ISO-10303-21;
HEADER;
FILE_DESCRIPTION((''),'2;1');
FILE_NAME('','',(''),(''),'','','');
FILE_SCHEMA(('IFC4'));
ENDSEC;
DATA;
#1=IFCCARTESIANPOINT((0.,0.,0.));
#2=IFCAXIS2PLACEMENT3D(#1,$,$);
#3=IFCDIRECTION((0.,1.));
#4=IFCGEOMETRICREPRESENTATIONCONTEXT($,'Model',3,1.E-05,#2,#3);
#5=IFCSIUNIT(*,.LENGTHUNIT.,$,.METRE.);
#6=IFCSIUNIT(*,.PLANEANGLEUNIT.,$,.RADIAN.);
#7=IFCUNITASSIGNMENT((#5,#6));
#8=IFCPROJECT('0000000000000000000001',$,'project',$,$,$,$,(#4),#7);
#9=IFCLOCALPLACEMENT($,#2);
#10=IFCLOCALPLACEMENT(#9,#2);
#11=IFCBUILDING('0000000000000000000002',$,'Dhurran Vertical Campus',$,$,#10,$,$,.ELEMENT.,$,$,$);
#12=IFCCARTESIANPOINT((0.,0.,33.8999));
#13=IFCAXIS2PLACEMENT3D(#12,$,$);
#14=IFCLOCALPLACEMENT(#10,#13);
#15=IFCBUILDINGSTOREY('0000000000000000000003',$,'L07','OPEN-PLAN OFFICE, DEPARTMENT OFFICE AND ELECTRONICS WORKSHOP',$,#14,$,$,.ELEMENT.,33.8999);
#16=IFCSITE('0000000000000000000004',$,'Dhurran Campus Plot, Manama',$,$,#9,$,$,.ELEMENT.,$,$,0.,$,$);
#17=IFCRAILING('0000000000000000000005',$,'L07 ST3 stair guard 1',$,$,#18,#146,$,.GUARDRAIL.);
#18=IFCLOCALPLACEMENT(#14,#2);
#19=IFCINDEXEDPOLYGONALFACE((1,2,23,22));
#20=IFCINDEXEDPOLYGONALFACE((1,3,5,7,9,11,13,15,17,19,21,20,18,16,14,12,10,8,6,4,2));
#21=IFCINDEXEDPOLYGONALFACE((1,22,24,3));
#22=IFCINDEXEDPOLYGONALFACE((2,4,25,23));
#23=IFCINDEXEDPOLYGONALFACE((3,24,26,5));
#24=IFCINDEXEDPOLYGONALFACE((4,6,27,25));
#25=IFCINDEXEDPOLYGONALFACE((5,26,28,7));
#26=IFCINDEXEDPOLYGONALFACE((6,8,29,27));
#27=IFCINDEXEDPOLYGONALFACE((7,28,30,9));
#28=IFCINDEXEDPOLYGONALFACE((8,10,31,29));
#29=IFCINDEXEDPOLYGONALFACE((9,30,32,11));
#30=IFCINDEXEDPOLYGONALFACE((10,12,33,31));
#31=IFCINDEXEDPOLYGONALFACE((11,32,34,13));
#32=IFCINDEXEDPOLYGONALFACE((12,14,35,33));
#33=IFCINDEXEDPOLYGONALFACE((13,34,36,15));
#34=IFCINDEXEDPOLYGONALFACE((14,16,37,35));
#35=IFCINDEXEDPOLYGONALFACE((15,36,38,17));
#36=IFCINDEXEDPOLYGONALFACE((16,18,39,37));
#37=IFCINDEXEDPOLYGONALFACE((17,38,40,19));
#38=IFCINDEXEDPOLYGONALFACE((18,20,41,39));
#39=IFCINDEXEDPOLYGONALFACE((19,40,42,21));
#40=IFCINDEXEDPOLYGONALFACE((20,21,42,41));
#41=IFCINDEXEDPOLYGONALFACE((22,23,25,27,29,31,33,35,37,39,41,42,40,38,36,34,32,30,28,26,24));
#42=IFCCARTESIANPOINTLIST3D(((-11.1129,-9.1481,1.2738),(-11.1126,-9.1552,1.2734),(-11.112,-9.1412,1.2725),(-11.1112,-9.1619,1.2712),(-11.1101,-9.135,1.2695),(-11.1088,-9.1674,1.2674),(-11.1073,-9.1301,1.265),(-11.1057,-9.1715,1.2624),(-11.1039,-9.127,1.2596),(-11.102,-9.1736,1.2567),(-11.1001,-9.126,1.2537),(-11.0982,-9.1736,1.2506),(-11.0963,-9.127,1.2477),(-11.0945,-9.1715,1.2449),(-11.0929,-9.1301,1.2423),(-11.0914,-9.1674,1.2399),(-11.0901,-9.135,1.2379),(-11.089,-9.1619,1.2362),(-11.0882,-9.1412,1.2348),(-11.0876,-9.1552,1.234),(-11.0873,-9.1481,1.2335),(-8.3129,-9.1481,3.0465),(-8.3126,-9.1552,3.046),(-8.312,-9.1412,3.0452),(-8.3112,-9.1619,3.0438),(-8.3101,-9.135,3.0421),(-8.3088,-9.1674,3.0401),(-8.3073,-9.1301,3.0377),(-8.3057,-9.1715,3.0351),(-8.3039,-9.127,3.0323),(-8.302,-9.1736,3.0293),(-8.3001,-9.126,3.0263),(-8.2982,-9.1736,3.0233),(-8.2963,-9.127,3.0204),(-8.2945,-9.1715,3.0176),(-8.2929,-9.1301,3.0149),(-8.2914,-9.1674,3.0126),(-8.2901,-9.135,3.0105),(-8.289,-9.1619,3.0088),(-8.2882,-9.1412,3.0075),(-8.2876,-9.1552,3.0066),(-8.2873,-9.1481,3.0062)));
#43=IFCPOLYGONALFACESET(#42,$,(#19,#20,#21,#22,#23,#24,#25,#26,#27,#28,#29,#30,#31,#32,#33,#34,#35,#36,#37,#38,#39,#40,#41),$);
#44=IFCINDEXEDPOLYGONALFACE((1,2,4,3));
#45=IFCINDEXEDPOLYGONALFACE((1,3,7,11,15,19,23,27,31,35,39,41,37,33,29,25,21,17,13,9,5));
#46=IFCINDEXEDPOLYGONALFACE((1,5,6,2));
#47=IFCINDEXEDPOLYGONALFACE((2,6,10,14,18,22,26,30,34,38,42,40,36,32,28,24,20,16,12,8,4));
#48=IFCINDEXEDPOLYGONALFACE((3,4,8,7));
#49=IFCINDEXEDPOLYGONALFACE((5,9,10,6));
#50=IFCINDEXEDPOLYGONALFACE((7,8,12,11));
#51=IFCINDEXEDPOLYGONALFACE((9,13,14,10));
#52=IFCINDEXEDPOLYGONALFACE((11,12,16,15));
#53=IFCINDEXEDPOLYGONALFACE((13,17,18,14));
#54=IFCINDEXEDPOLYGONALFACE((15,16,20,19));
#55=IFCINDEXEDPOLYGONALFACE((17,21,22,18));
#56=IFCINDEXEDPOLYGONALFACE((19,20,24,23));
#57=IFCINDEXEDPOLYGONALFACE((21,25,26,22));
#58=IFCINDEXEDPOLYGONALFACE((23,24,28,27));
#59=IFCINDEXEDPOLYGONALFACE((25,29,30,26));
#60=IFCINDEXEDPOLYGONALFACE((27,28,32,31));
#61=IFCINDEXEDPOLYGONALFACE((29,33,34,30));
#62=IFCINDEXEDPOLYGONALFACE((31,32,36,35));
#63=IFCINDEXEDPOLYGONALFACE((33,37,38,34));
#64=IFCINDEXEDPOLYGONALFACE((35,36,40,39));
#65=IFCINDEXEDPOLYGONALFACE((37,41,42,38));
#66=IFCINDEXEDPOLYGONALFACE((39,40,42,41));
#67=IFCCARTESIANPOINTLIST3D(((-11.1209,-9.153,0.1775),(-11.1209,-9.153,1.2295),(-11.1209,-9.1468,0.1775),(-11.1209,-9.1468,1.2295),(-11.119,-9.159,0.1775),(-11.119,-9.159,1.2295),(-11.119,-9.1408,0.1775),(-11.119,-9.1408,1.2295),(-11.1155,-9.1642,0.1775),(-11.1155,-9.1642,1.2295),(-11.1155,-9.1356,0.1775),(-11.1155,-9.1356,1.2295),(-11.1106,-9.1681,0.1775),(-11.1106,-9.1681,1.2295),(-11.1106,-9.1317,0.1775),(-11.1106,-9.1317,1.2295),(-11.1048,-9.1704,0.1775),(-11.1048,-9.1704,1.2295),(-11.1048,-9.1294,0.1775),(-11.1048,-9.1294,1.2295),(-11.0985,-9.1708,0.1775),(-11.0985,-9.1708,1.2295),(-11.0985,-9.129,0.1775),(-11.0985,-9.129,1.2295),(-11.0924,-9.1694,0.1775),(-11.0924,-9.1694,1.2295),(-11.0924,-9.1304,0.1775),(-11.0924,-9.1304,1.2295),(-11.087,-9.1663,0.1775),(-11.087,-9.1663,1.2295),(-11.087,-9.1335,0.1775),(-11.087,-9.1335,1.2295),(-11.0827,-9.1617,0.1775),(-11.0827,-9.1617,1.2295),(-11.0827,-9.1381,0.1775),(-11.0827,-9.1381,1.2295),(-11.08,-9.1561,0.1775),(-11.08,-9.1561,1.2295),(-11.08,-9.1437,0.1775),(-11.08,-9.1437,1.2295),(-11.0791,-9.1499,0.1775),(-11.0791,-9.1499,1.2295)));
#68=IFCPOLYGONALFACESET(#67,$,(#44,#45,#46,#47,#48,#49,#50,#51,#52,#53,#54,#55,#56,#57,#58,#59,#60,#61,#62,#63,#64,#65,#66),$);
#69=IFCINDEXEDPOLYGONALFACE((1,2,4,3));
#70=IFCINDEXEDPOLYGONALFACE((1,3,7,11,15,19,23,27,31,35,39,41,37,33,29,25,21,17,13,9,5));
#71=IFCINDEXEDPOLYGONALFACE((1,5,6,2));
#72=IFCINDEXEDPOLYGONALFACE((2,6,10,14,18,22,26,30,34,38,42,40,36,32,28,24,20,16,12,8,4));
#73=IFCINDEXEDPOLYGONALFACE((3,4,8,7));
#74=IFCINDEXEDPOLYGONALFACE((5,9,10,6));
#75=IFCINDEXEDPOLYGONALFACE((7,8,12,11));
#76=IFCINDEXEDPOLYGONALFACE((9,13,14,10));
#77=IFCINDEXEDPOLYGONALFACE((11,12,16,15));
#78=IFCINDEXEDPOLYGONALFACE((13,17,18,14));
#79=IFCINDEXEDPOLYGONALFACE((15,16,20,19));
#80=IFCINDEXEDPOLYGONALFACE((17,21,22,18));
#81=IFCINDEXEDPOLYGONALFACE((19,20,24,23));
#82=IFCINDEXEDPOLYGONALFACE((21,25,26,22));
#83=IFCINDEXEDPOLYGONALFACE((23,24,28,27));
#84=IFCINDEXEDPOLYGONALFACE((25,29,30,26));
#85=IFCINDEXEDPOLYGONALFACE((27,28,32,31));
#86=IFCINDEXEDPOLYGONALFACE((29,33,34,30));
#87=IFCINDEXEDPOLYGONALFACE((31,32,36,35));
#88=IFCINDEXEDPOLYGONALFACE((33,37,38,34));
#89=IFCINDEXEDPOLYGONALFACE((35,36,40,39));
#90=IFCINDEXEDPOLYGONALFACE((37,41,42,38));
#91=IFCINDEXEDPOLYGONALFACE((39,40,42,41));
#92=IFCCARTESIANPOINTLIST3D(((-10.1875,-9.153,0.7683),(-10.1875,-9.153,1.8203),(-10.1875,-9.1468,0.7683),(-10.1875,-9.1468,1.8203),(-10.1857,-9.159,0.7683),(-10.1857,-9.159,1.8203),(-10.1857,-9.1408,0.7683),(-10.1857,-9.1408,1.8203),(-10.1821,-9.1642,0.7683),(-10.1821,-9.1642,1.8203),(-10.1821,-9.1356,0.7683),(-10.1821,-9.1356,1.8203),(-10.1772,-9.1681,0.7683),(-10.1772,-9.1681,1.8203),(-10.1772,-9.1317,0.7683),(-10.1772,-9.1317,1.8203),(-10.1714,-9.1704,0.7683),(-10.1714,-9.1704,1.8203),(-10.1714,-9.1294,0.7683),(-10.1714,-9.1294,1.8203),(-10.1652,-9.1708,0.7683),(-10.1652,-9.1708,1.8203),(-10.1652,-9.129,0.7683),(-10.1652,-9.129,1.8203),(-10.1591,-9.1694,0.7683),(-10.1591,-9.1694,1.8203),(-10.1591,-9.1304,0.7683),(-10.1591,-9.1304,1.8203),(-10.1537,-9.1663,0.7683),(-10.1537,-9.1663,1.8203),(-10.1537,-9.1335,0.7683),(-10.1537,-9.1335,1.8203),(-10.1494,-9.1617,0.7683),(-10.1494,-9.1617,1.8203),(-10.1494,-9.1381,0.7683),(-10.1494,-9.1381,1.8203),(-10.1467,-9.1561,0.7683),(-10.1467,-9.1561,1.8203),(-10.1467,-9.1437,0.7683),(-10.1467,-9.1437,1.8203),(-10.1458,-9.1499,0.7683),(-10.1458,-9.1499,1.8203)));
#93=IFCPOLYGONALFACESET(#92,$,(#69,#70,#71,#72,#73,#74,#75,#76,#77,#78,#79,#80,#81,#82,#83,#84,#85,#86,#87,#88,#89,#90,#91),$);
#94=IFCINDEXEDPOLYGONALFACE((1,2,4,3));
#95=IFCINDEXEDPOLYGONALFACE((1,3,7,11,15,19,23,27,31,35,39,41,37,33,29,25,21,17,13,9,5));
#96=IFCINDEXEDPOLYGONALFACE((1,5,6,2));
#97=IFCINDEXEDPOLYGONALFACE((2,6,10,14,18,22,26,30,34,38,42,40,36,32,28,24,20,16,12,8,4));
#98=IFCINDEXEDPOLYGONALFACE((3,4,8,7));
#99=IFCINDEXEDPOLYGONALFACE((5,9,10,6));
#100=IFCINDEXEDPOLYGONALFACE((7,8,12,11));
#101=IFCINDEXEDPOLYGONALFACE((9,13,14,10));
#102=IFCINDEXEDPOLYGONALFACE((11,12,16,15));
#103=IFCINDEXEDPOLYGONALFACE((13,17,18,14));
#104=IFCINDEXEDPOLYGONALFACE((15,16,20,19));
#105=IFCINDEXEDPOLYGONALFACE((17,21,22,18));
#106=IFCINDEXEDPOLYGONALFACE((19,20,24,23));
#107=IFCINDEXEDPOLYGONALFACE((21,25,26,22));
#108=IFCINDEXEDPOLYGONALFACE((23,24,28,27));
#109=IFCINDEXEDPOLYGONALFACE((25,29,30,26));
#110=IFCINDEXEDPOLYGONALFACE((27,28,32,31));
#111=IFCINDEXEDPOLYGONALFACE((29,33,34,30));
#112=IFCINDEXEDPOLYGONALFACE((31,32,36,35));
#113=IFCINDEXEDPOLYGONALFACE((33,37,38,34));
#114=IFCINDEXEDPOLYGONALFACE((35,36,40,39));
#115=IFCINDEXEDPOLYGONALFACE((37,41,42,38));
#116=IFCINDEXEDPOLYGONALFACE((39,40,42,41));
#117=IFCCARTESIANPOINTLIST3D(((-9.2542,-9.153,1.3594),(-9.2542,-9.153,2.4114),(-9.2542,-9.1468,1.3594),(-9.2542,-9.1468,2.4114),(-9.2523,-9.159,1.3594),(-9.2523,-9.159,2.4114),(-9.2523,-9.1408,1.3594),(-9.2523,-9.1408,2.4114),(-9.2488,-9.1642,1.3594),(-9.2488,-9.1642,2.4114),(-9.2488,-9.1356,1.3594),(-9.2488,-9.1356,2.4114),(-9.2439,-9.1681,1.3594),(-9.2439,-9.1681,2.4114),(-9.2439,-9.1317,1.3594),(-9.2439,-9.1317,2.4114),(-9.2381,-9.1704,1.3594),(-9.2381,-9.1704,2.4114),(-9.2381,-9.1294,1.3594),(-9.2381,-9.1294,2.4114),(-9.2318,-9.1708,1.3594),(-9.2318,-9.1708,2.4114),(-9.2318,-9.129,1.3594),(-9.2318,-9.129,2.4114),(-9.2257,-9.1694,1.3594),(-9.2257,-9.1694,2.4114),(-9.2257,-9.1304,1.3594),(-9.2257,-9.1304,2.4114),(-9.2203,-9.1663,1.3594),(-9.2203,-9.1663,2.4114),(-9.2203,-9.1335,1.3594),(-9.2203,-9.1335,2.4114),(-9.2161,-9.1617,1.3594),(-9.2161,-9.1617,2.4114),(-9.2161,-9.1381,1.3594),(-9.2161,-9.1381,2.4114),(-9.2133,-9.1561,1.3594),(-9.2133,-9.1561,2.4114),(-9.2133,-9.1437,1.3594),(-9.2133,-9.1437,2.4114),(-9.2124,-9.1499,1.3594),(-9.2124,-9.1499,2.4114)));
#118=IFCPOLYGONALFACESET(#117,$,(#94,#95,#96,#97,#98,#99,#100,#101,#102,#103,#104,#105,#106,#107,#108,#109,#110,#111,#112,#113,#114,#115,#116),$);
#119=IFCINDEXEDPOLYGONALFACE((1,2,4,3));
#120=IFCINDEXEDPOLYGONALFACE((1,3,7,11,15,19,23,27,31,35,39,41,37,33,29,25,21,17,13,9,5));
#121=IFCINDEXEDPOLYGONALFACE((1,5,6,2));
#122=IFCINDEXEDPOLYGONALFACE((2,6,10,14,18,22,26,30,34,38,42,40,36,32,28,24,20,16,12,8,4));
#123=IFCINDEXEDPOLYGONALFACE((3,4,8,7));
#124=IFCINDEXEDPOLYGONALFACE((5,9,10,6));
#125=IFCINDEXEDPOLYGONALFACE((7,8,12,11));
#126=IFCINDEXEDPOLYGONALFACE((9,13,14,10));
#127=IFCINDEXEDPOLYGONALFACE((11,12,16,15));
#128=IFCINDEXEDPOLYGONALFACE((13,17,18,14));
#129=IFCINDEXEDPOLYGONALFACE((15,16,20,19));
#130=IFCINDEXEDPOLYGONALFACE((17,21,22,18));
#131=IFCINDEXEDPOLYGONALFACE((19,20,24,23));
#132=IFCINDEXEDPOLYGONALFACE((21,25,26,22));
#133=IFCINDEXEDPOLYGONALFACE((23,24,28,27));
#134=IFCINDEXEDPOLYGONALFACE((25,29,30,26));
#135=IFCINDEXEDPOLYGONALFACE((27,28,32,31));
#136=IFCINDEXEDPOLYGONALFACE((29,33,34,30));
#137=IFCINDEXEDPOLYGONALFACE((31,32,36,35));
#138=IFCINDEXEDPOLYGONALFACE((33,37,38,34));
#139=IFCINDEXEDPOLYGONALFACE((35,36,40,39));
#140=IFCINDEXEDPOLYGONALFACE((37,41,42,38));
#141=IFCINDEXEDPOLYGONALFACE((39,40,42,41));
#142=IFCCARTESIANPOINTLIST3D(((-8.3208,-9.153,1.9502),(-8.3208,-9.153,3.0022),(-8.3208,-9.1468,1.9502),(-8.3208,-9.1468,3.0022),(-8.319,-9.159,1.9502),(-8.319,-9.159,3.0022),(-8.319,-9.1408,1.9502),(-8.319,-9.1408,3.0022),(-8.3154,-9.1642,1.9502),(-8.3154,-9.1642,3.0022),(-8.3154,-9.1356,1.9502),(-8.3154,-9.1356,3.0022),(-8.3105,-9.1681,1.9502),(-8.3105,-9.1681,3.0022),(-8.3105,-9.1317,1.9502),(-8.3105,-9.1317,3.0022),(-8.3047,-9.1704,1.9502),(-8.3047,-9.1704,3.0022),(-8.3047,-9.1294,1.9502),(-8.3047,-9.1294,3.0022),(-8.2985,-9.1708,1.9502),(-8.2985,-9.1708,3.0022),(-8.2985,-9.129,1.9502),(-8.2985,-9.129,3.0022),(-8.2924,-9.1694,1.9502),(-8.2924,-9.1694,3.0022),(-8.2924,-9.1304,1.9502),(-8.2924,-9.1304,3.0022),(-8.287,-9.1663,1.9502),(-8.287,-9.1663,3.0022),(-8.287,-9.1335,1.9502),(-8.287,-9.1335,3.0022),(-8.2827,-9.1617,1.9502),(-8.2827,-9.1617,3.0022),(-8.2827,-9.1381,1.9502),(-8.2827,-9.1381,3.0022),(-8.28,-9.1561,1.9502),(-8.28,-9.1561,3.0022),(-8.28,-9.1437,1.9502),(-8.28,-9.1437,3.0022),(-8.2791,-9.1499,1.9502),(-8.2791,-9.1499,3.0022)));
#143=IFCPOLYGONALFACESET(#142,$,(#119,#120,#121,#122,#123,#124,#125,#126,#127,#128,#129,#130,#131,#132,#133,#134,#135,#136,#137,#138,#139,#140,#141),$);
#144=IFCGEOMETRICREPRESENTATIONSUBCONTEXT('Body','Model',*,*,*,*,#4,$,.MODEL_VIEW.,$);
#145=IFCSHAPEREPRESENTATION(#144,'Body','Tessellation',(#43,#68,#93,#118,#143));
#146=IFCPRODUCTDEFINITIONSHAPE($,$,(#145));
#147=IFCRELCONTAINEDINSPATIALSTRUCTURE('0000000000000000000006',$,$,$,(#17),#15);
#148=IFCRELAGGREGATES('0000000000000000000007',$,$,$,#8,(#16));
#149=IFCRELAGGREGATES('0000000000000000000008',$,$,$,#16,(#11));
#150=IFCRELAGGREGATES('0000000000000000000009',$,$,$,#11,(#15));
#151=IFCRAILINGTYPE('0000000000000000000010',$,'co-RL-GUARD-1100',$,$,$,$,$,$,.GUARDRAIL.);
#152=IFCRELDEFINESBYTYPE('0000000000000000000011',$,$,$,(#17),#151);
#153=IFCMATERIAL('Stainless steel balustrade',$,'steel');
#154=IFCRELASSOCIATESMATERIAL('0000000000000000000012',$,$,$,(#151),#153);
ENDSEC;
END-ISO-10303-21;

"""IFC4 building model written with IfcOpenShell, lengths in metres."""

from ifc_helpers import new_model, si_unit, direction, frame, origin, origin_2d, place, context, subcontext, project, spatial, circle, extrude, material, type_object, element, save


model = new_model("IFC4")

# Units and contexts
model_context = context("Model", 3, precision=1e-05, world=origin(), true_north=direction((0.0, 1.0)))
body_context = subcontext(model_context, "Body", "Model", "MODEL_VIEW")
ifc_project = project(units=[si_unit("LENGTHUNIT", "METRE"), si_unit("PLANEANGLEUNIT", "RADIAN")], contexts=[model_context])

# Site, building, storey
site_placement = place(None, origin())
site = spatial("IfcSite", under=ifc_project, at=site_placement, Name="Dhurran Campus Plot, Manama", CompositionType="ELEMENT", RefElevation=0.0)
building_placement = place(site_placement, origin())
building = spatial("IfcBuilding", under=site, at=building_placement, Name="Dhurran Vertical Campus", CompositionType="ELEMENT")
storey_placement = place(building_placement, frame((0.0, 0.0, 33.8999)))
storey = spatial("IfcBuildingStorey", under=building, at=storey_placement, Name="L07", Description="OPEN-PLAN OFFICE, DEPARTMENT OFFICE AND ELECTRONICS WORKSHOP", CompositionType="ELEMENT", Elevation=33.8999)

# Railing
ifc_material_1 = material(Name="Stainless steel balustrade", Category="steel")
railing_type_1 = type_object("IfcRailingType", Name="co-RL-GUARD-1100", PredefinedType="GUARDRAIL", material=ifc_material_1)
railing_1_placement = place(storey_placement, frame((-11.1001, -9.1499, 0.1775)))
element("IfcRailing", 1, at=railing_1_placement, inside=storey, type_object=railing_type_1, Name="L07 ST3 stair guard 1", PredefinedType="GUARDRAIL", context=body_context, shape_type="SweptSolid", body=[
    extrude(circle(Radius=0.0239, at=origin_2d()), frame((0.0, 0.0, 1.0762), z_axis=(0.844909, 0.0, 0.53491), x_axis=(0.0, 1.0, 0.0)), (0.0, 0.0, 1.0), 3.314),
    extrude(circle(Radius=0.021, at=origin_2d()), origin(), (0.0, 0.0, 1.0), 1.052),
    extrude(circle(Radius=0.021, at=origin_2d()), frame((0.9333, 0.0, 0.5908)), (0.0, 0.0, 1.0), 1.052),
    extrude(circle(Radius=0.021, at=origin_2d()), frame((1.8667, 0.0, 1.1819)), (0.0, 0.0, 1.0), 1.052),
    extrude(circle(Radius=0.021, at=origin_2d()), frame((2.8, 0.0, 1.7727)), (0.0, 0.0, 1.0), 1.052),
])

save(model, "model.ifc")
